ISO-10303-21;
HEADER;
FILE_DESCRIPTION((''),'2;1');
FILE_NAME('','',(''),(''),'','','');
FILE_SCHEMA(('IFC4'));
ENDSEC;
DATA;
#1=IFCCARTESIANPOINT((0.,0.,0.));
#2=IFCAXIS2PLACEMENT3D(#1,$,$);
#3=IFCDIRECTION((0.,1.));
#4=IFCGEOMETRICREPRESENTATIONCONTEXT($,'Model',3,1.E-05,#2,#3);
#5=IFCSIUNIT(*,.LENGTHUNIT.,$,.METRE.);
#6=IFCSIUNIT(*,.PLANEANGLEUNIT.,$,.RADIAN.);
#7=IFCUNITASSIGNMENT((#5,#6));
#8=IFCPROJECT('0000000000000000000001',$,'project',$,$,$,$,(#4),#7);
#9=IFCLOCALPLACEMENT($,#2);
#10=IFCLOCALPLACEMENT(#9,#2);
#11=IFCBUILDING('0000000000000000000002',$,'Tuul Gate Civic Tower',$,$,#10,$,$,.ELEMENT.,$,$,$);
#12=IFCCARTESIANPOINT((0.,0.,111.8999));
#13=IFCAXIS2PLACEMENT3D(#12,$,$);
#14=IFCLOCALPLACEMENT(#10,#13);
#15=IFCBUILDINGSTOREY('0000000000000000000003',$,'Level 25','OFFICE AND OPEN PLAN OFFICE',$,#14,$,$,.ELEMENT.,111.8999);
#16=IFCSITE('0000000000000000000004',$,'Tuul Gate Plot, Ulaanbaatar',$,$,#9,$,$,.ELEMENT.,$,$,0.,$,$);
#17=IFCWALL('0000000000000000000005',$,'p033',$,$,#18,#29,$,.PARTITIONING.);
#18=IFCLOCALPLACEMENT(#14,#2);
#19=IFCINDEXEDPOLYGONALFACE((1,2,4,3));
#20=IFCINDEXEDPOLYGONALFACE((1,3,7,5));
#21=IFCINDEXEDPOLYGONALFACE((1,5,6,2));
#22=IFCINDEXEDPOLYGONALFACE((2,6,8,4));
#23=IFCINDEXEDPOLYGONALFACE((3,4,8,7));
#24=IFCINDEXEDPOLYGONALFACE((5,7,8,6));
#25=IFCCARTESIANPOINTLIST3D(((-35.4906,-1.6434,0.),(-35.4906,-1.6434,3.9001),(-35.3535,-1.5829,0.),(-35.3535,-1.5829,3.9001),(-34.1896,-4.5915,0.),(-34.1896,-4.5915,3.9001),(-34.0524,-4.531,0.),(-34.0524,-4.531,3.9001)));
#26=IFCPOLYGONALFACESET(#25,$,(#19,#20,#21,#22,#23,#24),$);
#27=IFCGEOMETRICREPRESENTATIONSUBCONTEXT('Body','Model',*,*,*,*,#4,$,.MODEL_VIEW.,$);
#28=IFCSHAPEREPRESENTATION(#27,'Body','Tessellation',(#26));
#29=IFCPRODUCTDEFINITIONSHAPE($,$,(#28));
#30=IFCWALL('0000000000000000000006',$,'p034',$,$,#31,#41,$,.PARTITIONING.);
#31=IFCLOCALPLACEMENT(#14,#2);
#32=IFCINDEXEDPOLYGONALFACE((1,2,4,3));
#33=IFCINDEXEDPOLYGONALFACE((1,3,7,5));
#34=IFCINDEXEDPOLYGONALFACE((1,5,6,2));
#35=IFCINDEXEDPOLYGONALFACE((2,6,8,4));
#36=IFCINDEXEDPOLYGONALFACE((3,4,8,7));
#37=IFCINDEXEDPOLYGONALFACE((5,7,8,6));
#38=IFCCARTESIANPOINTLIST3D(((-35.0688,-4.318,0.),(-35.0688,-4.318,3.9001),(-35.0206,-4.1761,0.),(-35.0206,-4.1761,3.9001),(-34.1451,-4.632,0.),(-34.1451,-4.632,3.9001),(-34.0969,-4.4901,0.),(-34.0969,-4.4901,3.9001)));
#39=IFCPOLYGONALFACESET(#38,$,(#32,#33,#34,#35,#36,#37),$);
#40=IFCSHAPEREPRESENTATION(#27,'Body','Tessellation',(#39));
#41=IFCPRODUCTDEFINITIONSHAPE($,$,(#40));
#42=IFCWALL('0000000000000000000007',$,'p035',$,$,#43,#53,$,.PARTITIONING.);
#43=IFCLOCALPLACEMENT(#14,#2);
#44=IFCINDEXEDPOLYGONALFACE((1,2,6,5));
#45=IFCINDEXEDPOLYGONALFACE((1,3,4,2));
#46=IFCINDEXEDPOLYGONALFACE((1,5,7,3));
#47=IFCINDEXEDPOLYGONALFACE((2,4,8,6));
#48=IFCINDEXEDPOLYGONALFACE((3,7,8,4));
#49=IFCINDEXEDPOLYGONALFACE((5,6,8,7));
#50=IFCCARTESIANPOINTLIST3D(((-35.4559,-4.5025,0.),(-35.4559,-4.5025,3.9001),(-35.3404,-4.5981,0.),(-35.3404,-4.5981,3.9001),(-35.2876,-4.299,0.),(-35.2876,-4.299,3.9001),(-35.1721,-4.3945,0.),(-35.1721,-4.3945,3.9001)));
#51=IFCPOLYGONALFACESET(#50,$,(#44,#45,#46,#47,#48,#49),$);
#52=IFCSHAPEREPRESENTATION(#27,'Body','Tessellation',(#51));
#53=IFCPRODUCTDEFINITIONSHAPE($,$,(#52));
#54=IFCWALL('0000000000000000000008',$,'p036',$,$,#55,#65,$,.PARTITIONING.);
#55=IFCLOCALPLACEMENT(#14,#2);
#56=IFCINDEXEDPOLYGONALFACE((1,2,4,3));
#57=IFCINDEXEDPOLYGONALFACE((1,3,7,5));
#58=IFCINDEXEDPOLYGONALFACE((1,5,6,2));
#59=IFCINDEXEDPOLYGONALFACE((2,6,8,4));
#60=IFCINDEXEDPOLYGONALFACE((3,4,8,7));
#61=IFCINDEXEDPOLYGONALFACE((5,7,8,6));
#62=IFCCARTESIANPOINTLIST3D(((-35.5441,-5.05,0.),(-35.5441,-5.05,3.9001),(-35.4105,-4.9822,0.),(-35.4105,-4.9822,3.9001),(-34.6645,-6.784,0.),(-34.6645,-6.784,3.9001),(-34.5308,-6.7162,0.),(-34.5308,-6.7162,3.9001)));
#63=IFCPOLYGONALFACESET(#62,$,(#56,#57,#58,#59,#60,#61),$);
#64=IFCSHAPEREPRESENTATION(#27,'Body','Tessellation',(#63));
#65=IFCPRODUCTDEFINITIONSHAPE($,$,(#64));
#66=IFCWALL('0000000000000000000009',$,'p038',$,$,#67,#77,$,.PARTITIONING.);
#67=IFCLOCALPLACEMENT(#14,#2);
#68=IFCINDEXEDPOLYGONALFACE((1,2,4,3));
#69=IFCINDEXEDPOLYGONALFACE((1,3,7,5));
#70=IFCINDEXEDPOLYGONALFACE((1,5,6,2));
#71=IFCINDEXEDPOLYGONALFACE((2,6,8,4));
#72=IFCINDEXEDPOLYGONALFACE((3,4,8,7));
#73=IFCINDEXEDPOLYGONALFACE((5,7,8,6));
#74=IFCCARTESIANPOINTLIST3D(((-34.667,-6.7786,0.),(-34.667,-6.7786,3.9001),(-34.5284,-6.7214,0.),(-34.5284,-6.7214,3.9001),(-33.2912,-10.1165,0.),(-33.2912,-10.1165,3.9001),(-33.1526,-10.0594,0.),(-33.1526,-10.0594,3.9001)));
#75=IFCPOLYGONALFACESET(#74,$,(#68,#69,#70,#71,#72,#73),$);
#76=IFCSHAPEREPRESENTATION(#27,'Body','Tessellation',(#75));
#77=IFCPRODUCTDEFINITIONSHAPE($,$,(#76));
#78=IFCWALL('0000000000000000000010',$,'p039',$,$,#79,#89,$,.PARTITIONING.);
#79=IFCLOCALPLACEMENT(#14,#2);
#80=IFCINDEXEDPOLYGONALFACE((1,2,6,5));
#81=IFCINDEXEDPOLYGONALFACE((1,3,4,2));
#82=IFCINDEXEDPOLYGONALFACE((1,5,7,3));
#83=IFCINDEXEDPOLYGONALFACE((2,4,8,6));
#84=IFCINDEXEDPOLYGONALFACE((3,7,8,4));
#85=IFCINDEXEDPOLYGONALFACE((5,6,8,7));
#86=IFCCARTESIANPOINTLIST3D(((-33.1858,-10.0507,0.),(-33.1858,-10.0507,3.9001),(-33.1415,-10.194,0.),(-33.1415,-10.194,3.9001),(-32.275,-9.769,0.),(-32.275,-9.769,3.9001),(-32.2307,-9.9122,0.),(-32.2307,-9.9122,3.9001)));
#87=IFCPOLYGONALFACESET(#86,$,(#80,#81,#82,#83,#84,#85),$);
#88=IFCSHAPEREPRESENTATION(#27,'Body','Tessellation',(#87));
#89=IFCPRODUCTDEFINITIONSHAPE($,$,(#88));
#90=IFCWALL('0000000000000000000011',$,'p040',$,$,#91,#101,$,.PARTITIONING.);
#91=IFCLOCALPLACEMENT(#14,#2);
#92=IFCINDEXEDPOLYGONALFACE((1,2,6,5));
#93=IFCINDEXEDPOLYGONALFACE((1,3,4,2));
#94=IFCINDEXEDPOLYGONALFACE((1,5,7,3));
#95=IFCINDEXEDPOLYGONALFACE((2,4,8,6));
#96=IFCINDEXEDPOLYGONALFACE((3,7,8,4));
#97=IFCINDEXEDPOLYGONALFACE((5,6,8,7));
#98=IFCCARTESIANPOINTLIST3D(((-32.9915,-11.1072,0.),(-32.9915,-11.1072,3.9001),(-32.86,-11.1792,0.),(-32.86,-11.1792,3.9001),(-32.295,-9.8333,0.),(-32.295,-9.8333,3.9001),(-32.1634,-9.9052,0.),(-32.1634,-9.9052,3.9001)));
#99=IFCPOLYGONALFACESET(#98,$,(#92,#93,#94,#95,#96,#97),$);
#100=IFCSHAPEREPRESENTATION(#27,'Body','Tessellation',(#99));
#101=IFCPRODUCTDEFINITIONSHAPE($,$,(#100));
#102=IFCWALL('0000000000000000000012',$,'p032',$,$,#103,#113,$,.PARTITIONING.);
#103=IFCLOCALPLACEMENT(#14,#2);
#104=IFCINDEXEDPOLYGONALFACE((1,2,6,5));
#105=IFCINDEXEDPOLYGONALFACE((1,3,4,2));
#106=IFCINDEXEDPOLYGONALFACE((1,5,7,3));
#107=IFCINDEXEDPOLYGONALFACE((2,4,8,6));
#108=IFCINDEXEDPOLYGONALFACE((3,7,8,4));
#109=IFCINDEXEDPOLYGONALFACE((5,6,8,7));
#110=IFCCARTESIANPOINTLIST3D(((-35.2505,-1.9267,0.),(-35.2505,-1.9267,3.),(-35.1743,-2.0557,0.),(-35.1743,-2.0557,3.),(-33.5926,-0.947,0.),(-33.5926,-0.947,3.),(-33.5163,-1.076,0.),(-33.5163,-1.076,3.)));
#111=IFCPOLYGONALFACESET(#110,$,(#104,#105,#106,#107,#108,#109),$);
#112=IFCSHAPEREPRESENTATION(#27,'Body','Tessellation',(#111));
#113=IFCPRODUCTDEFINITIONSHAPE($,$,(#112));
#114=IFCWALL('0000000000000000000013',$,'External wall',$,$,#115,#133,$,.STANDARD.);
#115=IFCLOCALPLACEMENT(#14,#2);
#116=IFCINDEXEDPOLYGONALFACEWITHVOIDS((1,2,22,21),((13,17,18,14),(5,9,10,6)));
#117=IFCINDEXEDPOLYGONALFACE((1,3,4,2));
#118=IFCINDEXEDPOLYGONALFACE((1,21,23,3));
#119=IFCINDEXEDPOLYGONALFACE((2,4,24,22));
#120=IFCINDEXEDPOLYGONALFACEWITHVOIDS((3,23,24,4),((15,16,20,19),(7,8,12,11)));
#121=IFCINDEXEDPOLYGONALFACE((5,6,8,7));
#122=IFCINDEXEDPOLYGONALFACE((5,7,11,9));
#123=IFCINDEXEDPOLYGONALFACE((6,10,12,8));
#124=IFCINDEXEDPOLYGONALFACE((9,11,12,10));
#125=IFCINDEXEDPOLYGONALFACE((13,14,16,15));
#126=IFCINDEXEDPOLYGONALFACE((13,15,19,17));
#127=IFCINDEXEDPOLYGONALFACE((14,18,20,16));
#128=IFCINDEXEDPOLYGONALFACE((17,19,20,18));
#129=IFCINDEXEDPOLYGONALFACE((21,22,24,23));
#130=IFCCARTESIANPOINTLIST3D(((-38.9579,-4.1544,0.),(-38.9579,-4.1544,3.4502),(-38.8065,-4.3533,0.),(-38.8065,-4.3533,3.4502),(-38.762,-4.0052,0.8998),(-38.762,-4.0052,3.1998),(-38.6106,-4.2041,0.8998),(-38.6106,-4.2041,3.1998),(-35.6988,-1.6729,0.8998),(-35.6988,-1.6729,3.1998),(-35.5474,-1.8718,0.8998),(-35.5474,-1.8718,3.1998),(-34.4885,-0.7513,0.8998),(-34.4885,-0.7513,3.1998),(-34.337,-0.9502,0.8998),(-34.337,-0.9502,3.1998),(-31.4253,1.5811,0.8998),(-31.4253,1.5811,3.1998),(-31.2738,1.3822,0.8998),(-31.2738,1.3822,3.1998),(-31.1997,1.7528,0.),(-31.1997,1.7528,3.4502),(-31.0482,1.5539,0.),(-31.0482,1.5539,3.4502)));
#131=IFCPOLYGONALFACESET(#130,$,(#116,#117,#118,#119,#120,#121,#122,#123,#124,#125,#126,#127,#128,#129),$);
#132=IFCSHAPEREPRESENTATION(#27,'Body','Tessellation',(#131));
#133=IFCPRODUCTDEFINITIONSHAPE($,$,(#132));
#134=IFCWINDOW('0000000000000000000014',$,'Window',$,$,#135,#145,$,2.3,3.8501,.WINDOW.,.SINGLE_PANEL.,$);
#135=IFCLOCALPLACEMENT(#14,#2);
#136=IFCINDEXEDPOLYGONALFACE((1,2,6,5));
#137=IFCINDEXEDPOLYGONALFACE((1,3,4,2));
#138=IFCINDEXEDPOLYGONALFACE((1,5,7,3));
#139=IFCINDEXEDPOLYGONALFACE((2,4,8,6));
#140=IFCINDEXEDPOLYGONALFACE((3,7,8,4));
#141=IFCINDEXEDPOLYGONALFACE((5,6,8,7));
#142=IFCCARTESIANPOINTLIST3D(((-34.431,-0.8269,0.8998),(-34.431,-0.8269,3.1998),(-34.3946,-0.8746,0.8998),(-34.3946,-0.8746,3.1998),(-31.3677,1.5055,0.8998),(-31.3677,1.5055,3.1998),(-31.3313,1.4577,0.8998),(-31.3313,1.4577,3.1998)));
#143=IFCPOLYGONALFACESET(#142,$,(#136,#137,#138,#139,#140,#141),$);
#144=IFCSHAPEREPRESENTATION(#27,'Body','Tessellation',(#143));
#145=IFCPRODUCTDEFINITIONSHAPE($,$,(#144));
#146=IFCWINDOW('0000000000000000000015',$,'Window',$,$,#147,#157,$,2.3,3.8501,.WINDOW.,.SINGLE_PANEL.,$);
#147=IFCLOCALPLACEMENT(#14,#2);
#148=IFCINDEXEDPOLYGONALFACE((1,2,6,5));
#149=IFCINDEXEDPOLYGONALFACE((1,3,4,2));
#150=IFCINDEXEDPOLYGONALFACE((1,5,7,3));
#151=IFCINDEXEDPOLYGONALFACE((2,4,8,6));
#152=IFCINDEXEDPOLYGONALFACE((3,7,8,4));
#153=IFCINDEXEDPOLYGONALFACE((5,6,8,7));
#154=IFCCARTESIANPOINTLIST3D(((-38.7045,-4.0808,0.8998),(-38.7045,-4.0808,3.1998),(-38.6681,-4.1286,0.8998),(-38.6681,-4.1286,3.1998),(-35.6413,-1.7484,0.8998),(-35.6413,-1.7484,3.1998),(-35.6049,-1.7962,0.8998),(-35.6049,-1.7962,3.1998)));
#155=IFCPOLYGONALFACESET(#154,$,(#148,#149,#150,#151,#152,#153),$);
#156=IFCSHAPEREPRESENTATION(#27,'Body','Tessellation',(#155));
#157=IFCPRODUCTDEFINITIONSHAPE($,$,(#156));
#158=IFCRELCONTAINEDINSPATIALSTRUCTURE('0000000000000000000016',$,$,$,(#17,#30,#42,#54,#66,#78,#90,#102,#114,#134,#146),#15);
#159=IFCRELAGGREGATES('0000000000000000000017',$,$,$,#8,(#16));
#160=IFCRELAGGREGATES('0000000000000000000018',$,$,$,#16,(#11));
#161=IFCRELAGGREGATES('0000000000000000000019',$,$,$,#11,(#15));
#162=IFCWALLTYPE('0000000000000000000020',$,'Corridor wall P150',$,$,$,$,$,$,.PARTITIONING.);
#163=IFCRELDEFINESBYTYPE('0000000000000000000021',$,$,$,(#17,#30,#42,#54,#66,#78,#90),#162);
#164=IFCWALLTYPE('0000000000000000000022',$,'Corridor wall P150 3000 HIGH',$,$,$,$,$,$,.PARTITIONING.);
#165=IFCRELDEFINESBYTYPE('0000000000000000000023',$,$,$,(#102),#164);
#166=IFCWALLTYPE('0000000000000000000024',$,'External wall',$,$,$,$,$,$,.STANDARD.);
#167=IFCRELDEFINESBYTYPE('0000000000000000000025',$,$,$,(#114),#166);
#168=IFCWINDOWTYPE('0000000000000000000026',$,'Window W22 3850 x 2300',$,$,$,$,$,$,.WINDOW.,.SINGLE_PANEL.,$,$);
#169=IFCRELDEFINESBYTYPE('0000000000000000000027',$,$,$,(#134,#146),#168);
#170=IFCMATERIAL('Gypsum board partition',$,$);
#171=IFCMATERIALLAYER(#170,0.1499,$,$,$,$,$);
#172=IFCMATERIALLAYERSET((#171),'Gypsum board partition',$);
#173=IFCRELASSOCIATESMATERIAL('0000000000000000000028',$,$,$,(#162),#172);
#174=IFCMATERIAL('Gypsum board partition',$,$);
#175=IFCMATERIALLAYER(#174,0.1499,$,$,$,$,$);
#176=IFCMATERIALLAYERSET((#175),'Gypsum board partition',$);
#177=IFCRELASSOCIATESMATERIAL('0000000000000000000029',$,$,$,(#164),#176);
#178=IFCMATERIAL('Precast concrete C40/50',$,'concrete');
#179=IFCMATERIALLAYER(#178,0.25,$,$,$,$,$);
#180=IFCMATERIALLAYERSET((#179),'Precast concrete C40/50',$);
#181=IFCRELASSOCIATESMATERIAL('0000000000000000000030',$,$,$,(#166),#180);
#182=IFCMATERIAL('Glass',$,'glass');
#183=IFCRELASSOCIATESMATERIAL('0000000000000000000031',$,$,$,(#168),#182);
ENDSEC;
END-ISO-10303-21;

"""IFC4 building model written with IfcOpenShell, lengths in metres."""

from ifc_helpers import new_model, si_unit, direction, frame, frame_2d, origin, place, context, subcontext, project, spatial, rectangle, extrude, material, layer, layer_set, type_object, element, fill, save


model = new_model("IFC4")

# Units and contexts
model_context = context("Model", 3, precision=1e-05, world=origin(), true_north=direction((0.0, 1.0)))
body_context = subcontext(model_context, "Body", "Model", "MODEL_VIEW")
ifc_project = project(units=[si_unit("LENGTHUNIT", "METRE"), si_unit("PLANEANGLEUNIT", "RADIAN")], contexts=[model_context])

# Site, building, storey
site_placement = place(None, origin())
site = spatial("IfcSite", under=ifc_project, at=site_placement, Name="Tuul Gate Plot, Ulaanbaatar", CompositionType="ELEMENT", RefElevation=0.0)
building_placement = place(site_placement, origin())
building = spatial("IfcBuilding", under=site, at=building_placement, Name="Tuul Gate Civic Tower", CompositionType="ELEMENT")
storey_placement = place(building_placement, frame((0.0, 0.0, 111.8999)))
storey = spatial("IfcBuildingStorey", under=building, at=storey_placement, Name="Level 25", Description="OFFICE AND OPEN PLAN OFFICE", CompositionType="ELEMENT", Elevation=111.8999)

# Walls
ifc_material_1 = material(Name="Gypsum board partition")
ifc_layer_1 = layer(ifc_material_1, 0.1499)
ifc_layer_set_1 = layer_set([ifc_layer_1], Name="Gypsum board partition")
wall_type_1 = type_object("IfcWallType", Name="Corridor wall P150", PredefinedType="PARTITIONING", material=ifc_layer_set_1)
wall_1_placement = place(storey_placement, frame((-35.4221, -1.613, 0.0), z_axis=(0.0, 0.0, 1.0), x_axis=(0.403754, -0.914868, 0.0)))
element("IfcWall", 1, at=wall_1_placement, inside=storey, type_object=wall_type_1, Name="p033", PredefinedType="PARTITIONING", context=body_context, shape_type="SweptSolid", body=[
    extrude(rectangle(XDim=3.2224, YDim=0.1499, at=frame_2d((1.6113, 0.0))), origin(), (0.0, 0.0, 1.0), 3.9001),
])
wall_2_placement = place(storey_placement, frame((-35.0447, -4.2471, 0.0), z_axis=(0.0, 0.0, 1.0), x_axis=(0.94679, -0.321853, 0.0)))
element("IfcWall", 2, at=wall_2_placement, inside=storey, type_object=wall_type_1, Name="p034", PredefinedType="PARTITIONING", context=body_context, shape_type="SweptSolid", body=[
    extrude(rectangle(XDim=0.9756, YDim=0.1499, at=frame_2d((0.4878, 0.0))), origin(), (0.0, 0.0, 1.0), 3.9001),
])
wall_3_placement = place(storey_placement, frame((-35.3982, -4.5503, 0.0), z_axis=(0.0, 0.0, 1.0), x_axis=(0.637454, 0.770488, 0.0)))
element("IfcWall", 3, at=wall_3_placement, inside=storey, type_object=wall_type_1, Name="p035", PredefinedType="PARTITIONING", context=body_context, shape_type="SweptSolid", body=[
    extrude(rectangle(XDim=0.2642, YDim=0.1499, at=frame_2d((0.1321, 0.0))), origin(), (0.0, 0.0, 1.0), 3.9001),
])
wall_4_placement = place(storey_placement, frame((-35.4773, -5.0161, 0.0), z_axis=(0.0, 0.0, 1.0), x_axis=(0.45243, -0.8918, 0.0)))
element("IfcWall", 4, at=wall_4_placement, inside=storey, type_object=wall_type_1, Name="p036", PredefinedType="PARTITIONING", context=body_context, shape_type="SweptSolid", body=[
    extrude(rectangle(XDim=1.9443, YDim=0.1499, at=frame_2d((0.9722, 0.0))), origin(), (0.0, 0.0, 1.0), 3.9001),
])
wall_5_placement = place(storey_placement, frame((-34.5977, -6.75, 0.0), z_axis=(0.0, 0.0, 1.0), x_axis=(0.381059, -0.924551, 0.0)))
element("IfcWall", 5, at=wall_5_placement, inside=storey, type_object=wall_type_1, Name="p038", PredefinedType="PARTITIONING", context=body_context, shape_type="SweptSolid", body=[
    extrude(rectangle(XDim=3.6104, YDim=0.1499, at=frame_2d((1.8052, 0.0))), origin(), (0.0, 0.0, 1.0), 3.9001),
])
wall_6_placement = place(storey_placement, frame((-33.1636, -10.1223, 0.0), z_axis=(0.0, 0.0, 1.0), x_axis=(0.955346, 0.295489, 0.0)))
element("IfcWall", 6, at=wall_6_placement, inside=storey, type_object=wall_type_1, Name="p039", PredefinedType="PARTITIONING", context=body_context, shape_type="SweptSolid", body=[
    extrude(rectangle(XDim=0.9534, YDim=0.1499, at=frame_2d((0.4766, 0.0))), origin(), (0.0, 0.0, 1.0), 3.9001),
])
wall_7_placement = place(storey_placement, frame((-32.9258, -11.1433, 0.0), z_axis=(0.0, 0.0, 1.0), x_axis=(0.479735, 0.877413, 0.0)))
element("IfcWall", 7, at=wall_7_placement, inside=storey, type_object=wall_type_1, Name="p040", PredefinedType="PARTITIONING", context=body_context, shape_type="SweptSolid", body=[
    extrude(rectangle(XDim=1.4519, YDim=0.1499, at=frame_2d((0.7261, 0.0))), origin(), (0.0, 0.0, 1.0), 3.9001),
])
ifc_material_2 = material(Name="Gypsum board partition")
ifc_layer_2 = layer(ifc_material_2, 0.1499)
ifc_layer_set_2 = layer_set([ifc_layer_2], Name="Gypsum board partition")
wall_type_2 = type_object("IfcWallType", Name="Corridor wall P150 3000 HIGH", PredefinedType="PARTITIONING", material=ifc_layer_set_2)
wall_8_placement = place(storey_placement, frame((-35.2124, -1.9912, 0.0), z_axis=(0.0, 0.0, 1.0), x_axis=(0.860919, 0.508742, 0.0)))
element("IfcWall", 8, at=wall_8_placement, inside=storey, type_object=wall_type_2, Name="p032", PredefinedType="PARTITIONING", context=body_context, shape_type="SweptSolid", body=[
    extrude(rectangle(XDim=1.9258, YDim=0.1499, at=frame_2d((0.9629, 0.0))), origin(), (0.0, 0.0, 1.0), 3.0),
])

# Wall, openings, windows
ifc_material_3 = material(Name="Precast concrete C40/50", Category="concrete")
ifc_layer_3 = layer(ifc_material_3, 0.25)
ifc_layer_set_3 = layer_set([ifc_layer_3], Name="Precast concrete C40/50")
wall_type_3 = type_object("IfcWallType", Name="External wall", PredefinedType="STANDARD", material=ifc_layer_set_3)
wall_9_placement = place(storey_placement, frame((-31.124, 1.6533, 0.0), z_axis=(0.0, 0.0, 1.0), x_axis=(-0.795622, -0.605793, 0.0)))
wall_9 = element("IfcWall", 9, at=wall_9_placement, inside=storey, type_object=wall_type_3, Name="External wall", PredefinedType="STANDARD", context=body_context, shape_type="SweptSolid", body=[
    extrude(rectangle(XDim=9.7512, YDim=0.25, at=frame_2d((4.8755, 0.0))), origin(), (0.0, 0.0, 1.0), 3.4502),
])
opening_1_placement = place(wall_9_placement, frame((0.2834, 0.0, 0.8999)))
opening_1 = element("IfcOpeningElement", 10, at=opening_1_placement, cuts=wall_9, PredefinedType="OPENING", context=body_context, shape_type="SweptSolid", body=[
    extrude(rectangle(XDim=3.8501, YDim=2.3, at=frame_2d((1.925, 1.1499))), frame((0.0, 0.135, 0.0), z_axis=(0.0, -1.0, 0.0), x_axis=(1.0, 0.0, 0.0)), (0.0, 0.0, 1.0), 0.27),
])
opening_2_placement = place(wall_9_placement, frame((5.6548, 0.0, 0.8999)))
opening_2 = element("IfcOpeningElement", 11, at=opening_2_placement, cuts=wall_9, PredefinedType="OPENING", context=body_context, shape_type="SweptSolid", body=[
    extrude(rectangle(XDim=3.8501, YDim=2.3, at=frame_2d((1.925, 1.1499))), frame((0.0, 0.135, 0.0), z_axis=(0.0, -1.0, 0.0), x_axis=(1.0, 0.0, 0.0)), (0.0, 0.0, 1.0), 0.27),
])
ifc_material_4 = material(Name="Glass", Category="glass")
window_type = type_object("IfcWindowType", Name="Window W22 3850 x 2300", PartitioningType="SINGLE_PANEL", PredefinedType="WINDOW", material=ifc_material_4)
window_1_placement = place(opening_1_placement, origin())
window_1 = element("IfcWindow", 12, at=window_1_placement, inside=storey, type_object=window_type, Name="Window", OverallHeight=2.3, OverallWidth=3.8501, PartitioningType="SINGLE_PANEL", PredefinedType="WINDOW", context=body_context, shape_type="SweptSolid", body=[
    extrude(rectangle(XDim=3.8501, YDim=2.3, at=frame_2d((1.925, 1.1499))), frame((0.0, 0.03, 0.0), z_axis=(0.0, -1.0, 0.0), x_axis=(1.0, 0.0, 0.0)), (0.0, 0.0, 1.0), 0.0601),
])
fill(opening_1, window_1)
window_2_placement = place(opening_2_placement, origin())
window_2 = element("IfcWindow", 13, at=window_2_placement, inside=storey, type_object=window_type, Name="Window", OverallHeight=2.3, OverallWidth=3.8501, PartitioningType="SINGLE_PANEL", PredefinedType="WINDOW", context=body_context, shape_type="SweptSolid", body=[
    extrude(rectangle(XDim=3.8501, YDim=2.3, at=frame_2d((1.925, 1.1499))), frame((0.0, 0.03, 0.0), z_axis=(0.0, -1.0, 0.0), x_axis=(1.0, 0.0, 0.0)), (0.0, 0.0, 1.0), 0.0601),
])
fill(opening_2, window_2)

save(model, "model.ifc")
